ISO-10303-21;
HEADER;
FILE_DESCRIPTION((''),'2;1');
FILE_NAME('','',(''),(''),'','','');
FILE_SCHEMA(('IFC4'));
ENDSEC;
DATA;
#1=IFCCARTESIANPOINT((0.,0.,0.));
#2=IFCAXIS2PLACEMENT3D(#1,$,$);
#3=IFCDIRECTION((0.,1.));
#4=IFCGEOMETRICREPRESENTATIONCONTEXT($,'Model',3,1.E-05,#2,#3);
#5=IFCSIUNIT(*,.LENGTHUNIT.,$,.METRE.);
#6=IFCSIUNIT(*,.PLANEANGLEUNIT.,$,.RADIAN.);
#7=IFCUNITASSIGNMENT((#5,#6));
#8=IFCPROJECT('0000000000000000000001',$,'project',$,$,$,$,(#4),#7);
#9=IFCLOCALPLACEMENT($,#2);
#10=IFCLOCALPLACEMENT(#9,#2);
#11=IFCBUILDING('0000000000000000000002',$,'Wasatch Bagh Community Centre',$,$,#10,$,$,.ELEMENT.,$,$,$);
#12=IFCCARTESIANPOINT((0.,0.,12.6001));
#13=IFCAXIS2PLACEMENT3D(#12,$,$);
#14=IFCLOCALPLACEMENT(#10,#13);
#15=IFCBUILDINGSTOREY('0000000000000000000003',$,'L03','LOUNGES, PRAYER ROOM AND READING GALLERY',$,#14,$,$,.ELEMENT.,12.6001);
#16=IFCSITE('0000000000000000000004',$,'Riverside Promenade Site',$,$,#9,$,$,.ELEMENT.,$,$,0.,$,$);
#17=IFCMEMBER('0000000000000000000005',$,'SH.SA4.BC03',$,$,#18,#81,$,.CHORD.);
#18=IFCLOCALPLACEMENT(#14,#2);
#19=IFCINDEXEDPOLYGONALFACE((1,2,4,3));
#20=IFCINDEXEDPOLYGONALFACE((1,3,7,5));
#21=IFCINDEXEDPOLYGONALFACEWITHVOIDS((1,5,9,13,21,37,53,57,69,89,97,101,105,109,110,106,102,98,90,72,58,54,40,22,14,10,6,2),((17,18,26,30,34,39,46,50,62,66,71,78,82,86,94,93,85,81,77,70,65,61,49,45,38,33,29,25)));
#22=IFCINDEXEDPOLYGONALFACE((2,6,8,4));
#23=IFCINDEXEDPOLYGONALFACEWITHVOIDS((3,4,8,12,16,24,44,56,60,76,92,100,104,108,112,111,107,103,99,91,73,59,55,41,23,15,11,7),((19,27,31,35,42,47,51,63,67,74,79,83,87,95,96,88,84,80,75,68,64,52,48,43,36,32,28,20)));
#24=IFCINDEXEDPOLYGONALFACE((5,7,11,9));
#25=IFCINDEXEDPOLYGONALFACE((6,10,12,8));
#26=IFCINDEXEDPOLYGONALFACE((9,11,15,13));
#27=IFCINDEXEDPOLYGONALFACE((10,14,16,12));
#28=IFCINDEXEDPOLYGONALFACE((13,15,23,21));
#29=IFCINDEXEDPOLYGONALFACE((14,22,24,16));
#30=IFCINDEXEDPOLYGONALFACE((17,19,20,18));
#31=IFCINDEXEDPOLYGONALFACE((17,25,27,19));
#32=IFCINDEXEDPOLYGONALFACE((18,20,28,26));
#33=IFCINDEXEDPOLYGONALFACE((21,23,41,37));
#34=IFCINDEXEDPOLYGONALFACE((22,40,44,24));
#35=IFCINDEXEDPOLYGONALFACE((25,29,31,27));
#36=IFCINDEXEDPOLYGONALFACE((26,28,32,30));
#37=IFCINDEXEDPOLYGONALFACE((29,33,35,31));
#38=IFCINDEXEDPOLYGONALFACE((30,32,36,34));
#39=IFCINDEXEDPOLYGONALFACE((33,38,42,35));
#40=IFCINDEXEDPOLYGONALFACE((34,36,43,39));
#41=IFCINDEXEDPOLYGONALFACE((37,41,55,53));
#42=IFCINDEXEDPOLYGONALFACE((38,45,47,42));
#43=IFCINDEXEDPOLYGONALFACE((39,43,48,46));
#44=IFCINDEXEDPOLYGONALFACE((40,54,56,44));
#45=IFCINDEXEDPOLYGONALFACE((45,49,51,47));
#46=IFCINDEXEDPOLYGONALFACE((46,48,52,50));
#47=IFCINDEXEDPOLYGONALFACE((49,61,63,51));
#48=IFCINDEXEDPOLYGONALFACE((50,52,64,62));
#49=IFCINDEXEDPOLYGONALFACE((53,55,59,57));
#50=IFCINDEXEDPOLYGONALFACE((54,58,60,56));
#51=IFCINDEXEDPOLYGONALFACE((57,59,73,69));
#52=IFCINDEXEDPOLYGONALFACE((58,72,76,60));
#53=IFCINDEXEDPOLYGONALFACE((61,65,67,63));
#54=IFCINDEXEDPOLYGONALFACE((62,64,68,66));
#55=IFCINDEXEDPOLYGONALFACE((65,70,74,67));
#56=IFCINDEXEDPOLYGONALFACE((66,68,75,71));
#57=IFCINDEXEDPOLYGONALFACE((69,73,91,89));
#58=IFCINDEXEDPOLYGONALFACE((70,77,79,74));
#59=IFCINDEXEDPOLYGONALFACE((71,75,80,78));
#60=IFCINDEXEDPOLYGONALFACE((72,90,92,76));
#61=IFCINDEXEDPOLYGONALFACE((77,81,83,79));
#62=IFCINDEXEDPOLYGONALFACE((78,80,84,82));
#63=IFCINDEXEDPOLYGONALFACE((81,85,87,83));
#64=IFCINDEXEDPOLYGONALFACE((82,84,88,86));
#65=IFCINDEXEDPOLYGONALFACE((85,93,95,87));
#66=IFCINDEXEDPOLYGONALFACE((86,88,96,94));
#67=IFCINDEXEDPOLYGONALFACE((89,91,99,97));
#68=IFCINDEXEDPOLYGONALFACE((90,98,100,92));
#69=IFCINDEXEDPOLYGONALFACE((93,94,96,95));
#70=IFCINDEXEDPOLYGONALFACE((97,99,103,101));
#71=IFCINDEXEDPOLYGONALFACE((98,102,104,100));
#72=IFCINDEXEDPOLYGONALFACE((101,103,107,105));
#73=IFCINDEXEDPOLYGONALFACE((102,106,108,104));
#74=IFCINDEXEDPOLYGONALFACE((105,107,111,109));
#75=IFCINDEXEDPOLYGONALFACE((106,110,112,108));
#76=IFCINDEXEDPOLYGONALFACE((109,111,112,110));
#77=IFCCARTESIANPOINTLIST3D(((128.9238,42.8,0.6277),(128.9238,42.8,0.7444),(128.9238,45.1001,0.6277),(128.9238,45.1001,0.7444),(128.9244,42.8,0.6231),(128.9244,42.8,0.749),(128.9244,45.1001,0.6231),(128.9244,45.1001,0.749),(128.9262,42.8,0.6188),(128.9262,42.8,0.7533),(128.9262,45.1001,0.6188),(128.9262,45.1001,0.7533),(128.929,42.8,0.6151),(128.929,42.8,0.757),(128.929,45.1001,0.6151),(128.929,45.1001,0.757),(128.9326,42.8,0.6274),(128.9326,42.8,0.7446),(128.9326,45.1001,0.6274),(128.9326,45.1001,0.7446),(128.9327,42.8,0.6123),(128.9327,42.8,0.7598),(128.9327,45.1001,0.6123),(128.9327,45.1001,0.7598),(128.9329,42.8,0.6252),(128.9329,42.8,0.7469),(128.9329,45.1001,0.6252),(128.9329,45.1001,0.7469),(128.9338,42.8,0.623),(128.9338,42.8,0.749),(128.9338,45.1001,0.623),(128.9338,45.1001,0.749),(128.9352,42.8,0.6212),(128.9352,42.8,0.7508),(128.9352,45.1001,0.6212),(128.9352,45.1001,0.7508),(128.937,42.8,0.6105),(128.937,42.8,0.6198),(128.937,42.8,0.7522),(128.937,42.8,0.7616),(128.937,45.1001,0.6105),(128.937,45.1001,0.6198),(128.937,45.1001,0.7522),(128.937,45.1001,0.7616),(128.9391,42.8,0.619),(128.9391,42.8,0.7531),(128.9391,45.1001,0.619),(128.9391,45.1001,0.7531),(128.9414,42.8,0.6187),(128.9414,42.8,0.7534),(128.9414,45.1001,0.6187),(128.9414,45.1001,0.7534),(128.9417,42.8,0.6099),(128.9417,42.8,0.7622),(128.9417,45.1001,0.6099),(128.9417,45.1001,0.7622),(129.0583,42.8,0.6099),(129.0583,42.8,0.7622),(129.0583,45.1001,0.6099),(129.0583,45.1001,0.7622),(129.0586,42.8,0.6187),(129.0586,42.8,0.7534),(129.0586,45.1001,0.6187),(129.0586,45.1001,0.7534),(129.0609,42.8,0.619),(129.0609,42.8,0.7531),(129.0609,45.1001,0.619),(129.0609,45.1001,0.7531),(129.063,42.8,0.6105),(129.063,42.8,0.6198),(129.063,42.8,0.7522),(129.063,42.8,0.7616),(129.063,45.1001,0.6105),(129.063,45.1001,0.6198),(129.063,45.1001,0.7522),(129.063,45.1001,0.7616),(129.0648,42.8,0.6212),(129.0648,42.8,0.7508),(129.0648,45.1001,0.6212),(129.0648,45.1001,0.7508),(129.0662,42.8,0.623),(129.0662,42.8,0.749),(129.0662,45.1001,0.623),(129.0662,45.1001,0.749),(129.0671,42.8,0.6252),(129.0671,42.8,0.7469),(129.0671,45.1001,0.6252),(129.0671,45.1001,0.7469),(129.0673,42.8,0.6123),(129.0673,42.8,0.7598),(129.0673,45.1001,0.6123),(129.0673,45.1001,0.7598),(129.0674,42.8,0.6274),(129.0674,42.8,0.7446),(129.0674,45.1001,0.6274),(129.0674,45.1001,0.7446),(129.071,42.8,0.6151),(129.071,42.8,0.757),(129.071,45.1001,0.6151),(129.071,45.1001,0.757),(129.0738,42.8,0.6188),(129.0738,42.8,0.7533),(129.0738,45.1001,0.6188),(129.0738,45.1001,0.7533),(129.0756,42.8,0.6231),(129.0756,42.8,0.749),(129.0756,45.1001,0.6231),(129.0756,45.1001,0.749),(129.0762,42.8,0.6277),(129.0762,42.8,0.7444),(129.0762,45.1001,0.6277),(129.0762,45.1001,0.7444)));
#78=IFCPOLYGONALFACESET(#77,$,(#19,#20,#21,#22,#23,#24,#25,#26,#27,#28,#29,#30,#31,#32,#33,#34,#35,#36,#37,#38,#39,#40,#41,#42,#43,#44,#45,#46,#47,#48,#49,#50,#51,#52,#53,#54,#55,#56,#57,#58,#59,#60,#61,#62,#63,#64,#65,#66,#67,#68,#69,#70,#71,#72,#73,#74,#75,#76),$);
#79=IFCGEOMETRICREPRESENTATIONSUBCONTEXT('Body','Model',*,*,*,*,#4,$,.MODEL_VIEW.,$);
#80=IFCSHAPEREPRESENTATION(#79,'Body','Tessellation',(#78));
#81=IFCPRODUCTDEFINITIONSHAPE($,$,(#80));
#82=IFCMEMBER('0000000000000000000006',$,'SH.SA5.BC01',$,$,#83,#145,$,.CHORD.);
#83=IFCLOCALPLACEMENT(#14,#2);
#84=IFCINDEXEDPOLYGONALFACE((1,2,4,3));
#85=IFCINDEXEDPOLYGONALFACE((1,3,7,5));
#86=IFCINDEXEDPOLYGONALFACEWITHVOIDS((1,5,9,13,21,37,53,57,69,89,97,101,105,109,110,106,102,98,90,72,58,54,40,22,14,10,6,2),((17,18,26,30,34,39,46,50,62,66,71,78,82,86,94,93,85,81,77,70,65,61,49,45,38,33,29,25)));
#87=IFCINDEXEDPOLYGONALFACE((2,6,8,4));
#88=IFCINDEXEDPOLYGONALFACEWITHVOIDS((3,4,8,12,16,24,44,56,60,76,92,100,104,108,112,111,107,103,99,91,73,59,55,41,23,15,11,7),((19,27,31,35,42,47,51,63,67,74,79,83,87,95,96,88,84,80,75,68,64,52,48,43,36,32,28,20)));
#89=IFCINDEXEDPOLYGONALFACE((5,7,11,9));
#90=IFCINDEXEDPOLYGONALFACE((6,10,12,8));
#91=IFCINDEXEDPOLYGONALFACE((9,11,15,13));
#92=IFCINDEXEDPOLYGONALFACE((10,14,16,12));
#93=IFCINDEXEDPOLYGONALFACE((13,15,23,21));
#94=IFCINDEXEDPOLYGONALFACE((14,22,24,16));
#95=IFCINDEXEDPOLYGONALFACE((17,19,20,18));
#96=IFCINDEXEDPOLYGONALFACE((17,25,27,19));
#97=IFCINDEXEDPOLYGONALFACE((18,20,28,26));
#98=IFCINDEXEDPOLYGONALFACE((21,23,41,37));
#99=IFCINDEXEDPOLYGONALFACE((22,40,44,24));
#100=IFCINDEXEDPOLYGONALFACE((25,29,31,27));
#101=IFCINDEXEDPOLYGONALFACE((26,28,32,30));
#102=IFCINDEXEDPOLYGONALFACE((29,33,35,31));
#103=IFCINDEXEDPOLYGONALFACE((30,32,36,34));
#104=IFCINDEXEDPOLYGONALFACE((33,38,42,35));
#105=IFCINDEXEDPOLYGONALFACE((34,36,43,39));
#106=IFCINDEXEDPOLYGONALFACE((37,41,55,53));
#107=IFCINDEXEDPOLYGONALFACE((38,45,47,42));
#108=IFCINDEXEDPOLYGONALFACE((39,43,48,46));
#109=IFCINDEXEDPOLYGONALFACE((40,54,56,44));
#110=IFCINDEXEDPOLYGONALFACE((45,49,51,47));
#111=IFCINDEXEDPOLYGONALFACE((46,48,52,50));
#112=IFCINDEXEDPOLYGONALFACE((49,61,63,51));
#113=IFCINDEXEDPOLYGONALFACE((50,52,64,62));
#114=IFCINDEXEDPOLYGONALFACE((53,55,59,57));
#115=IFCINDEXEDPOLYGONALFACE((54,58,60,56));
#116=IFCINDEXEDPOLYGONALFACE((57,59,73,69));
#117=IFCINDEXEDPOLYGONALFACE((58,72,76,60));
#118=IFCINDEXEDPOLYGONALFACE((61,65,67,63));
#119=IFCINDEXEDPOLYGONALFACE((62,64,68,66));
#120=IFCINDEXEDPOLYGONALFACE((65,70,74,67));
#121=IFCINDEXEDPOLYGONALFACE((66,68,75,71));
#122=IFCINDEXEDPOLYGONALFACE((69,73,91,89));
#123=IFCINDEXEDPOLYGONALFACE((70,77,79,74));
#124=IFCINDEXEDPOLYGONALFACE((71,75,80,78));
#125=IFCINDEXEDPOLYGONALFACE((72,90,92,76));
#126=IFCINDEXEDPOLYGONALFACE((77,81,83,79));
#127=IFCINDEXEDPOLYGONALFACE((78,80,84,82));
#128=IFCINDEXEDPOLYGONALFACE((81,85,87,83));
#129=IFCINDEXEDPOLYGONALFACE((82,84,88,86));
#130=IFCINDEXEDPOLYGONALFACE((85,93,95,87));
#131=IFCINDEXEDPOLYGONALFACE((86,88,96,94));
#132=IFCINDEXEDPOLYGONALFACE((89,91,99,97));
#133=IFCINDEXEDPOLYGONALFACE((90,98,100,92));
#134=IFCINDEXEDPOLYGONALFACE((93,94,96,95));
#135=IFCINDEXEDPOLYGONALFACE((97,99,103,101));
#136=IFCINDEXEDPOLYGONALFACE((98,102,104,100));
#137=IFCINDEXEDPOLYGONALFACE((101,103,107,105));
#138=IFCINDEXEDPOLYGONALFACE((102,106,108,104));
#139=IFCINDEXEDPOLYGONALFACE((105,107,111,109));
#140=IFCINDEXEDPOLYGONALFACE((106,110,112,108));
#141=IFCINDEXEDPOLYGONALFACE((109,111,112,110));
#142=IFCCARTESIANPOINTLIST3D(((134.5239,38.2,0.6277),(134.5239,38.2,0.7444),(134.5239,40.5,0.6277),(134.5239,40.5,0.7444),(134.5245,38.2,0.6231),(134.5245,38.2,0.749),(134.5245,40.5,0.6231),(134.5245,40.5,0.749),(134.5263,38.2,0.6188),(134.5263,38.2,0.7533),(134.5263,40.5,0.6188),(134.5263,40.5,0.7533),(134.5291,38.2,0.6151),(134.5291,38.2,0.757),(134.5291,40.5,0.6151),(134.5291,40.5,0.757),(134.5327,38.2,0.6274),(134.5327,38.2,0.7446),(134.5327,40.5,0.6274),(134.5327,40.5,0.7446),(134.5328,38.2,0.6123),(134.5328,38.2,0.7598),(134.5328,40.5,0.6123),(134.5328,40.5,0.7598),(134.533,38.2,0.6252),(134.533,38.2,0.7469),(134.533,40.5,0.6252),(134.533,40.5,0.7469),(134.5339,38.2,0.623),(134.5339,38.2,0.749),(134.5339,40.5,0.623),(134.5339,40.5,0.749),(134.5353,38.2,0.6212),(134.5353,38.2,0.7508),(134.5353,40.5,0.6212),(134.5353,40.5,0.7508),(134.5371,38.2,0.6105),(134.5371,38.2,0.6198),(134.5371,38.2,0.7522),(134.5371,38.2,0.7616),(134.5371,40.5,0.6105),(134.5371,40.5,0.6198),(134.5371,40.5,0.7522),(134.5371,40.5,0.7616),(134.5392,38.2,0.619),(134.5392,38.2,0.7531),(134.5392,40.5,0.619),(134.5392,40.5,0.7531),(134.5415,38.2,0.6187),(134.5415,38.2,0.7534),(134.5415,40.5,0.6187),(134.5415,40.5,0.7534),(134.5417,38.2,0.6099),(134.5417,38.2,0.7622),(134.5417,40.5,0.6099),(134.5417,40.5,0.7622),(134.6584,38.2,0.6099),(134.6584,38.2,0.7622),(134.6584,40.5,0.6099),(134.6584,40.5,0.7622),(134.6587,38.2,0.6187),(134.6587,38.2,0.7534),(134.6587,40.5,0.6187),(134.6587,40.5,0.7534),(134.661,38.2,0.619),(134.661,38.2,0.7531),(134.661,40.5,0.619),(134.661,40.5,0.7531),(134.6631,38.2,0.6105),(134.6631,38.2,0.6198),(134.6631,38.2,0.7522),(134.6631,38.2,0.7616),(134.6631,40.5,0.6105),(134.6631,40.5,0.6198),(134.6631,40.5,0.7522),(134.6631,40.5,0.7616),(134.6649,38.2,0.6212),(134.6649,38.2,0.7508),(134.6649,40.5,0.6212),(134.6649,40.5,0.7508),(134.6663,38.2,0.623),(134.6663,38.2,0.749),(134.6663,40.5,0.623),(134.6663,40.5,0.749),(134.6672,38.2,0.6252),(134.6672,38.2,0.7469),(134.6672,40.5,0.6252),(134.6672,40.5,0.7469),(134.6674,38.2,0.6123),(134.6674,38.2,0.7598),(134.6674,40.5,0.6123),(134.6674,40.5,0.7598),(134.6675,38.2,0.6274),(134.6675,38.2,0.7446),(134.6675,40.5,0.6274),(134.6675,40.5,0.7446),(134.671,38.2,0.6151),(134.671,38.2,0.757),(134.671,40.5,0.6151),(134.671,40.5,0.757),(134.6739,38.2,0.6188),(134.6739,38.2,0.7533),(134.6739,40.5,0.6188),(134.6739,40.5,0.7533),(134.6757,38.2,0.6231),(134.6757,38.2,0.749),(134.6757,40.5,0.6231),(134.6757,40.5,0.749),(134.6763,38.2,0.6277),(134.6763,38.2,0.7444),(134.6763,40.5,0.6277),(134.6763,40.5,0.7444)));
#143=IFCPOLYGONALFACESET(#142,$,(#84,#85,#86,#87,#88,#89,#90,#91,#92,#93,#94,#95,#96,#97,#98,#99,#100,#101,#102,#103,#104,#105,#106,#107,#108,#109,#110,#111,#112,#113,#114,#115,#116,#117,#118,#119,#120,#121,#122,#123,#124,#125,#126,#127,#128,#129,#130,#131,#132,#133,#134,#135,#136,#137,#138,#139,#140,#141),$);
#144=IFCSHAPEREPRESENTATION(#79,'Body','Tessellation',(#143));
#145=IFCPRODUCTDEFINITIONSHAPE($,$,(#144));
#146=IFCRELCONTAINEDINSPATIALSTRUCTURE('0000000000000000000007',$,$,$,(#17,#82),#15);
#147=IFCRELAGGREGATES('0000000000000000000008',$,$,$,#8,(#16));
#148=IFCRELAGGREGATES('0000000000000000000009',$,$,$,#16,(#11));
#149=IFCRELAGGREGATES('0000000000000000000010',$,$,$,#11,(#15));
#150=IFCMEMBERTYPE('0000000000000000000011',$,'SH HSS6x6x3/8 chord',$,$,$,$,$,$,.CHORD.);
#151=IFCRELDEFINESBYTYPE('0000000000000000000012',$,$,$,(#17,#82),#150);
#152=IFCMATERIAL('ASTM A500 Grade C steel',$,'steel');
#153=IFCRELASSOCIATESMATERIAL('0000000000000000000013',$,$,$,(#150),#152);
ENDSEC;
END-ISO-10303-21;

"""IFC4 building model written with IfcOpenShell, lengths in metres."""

from ifc_helpers import new_model, si_unit, direction, frame, origin, origin_2d, place, context, subcontext, project, spatial, hollow_rectangle, extrude, material, material_profile, profile_set, type_object, element, save


model = new_model("IFC4")

# Units and contexts
model_context = context("Model", 3, precision=1e-05, world=origin(), true_north=direction((0.0, 1.0)))
body_context = subcontext(model_context, "Body", "Model", "MODEL_VIEW")
ifc_project = project(units=[si_unit("LENGTHUNIT", "METRE"), si_unit("PLANEANGLEUNIT", "RADIAN")], contexts=[model_context])

# Site, building, storey
site_placement = place(None, origin())
site = spatial("IfcSite", under=ifc_project, at=site_placement, Name="Riverside Promenade Site", CompositionType="ELEMENT", RefElevation=0.0)
building_placement = place(site_placement, origin())
building = spatial("IfcBuilding", under=site, at=building_placement, Name="Wasatch Bagh Community Centre", CompositionType="ELEMENT")
storey_placement = place(building_placement, frame((0.0, 0.0, 12.6001)))
storey = spatial("IfcBuildingStorey", under=building, at=storey_placement, Name="L03", Description="LOUNGES, PRAYER ROOM AND READING GALLERY", CompositionType="ELEMENT", Elevation=12.6001)

# Members
ifc_material_1 = material(Name="ASTM A500 Grade C steel", Category="steel")
ifc_material_profile_1 = material_profile(ifc_material_1, hollow_rectangle(XDim=0.1523, YDim=0.1523, WallThickness=0.0088, InnerFilletRadius=0.0088, OuterFilletRadius=0.0178, at=origin_2d()), Name="HSS6x6x3/8")
ifc_profile_set_1 = profile_set([ifc_material_profile_1], Name="ASTM A500 Grade C steel")
member_type_1 = type_object("IfcMemberType", Name="SH HSS6x6x3/8 chord", PredefinedType="CHORD", material=ifc_profile_set_1)
for number, where, z_axis, x_axis, name in (
    (1, (129.0, 42.8, 0.686), (0.0, 1.0, 0.0), (-1.0, 0.0, 0.0), "SH.SA4.BC03"),
    (2, (134.6001, 38.2, 0.686), (0.0, 1.0, 0.0), (-1.0, 0.0, 0.0), "SH.SA5.BC01"),
):
    element("IfcMember", number, at=place(storey_placement, frame(where, z_axis=z_axis, x_axis=x_axis)), inside=storey, type_object=member_type_1, Name=name, PredefinedType="CHORD", context=body_context, shape_type="SweptSolid", body=[
        extrude(hollow_rectangle(XDim=0.1523, YDim=0.1523, WallThickness=0.0088, InnerFilletRadius=0.0088, OuterFilletRadius=0.0178, at=origin_2d()), origin(), (0.0, 0.0, 1.0), 2.3),
    ])

save(model, "model.ifc")
